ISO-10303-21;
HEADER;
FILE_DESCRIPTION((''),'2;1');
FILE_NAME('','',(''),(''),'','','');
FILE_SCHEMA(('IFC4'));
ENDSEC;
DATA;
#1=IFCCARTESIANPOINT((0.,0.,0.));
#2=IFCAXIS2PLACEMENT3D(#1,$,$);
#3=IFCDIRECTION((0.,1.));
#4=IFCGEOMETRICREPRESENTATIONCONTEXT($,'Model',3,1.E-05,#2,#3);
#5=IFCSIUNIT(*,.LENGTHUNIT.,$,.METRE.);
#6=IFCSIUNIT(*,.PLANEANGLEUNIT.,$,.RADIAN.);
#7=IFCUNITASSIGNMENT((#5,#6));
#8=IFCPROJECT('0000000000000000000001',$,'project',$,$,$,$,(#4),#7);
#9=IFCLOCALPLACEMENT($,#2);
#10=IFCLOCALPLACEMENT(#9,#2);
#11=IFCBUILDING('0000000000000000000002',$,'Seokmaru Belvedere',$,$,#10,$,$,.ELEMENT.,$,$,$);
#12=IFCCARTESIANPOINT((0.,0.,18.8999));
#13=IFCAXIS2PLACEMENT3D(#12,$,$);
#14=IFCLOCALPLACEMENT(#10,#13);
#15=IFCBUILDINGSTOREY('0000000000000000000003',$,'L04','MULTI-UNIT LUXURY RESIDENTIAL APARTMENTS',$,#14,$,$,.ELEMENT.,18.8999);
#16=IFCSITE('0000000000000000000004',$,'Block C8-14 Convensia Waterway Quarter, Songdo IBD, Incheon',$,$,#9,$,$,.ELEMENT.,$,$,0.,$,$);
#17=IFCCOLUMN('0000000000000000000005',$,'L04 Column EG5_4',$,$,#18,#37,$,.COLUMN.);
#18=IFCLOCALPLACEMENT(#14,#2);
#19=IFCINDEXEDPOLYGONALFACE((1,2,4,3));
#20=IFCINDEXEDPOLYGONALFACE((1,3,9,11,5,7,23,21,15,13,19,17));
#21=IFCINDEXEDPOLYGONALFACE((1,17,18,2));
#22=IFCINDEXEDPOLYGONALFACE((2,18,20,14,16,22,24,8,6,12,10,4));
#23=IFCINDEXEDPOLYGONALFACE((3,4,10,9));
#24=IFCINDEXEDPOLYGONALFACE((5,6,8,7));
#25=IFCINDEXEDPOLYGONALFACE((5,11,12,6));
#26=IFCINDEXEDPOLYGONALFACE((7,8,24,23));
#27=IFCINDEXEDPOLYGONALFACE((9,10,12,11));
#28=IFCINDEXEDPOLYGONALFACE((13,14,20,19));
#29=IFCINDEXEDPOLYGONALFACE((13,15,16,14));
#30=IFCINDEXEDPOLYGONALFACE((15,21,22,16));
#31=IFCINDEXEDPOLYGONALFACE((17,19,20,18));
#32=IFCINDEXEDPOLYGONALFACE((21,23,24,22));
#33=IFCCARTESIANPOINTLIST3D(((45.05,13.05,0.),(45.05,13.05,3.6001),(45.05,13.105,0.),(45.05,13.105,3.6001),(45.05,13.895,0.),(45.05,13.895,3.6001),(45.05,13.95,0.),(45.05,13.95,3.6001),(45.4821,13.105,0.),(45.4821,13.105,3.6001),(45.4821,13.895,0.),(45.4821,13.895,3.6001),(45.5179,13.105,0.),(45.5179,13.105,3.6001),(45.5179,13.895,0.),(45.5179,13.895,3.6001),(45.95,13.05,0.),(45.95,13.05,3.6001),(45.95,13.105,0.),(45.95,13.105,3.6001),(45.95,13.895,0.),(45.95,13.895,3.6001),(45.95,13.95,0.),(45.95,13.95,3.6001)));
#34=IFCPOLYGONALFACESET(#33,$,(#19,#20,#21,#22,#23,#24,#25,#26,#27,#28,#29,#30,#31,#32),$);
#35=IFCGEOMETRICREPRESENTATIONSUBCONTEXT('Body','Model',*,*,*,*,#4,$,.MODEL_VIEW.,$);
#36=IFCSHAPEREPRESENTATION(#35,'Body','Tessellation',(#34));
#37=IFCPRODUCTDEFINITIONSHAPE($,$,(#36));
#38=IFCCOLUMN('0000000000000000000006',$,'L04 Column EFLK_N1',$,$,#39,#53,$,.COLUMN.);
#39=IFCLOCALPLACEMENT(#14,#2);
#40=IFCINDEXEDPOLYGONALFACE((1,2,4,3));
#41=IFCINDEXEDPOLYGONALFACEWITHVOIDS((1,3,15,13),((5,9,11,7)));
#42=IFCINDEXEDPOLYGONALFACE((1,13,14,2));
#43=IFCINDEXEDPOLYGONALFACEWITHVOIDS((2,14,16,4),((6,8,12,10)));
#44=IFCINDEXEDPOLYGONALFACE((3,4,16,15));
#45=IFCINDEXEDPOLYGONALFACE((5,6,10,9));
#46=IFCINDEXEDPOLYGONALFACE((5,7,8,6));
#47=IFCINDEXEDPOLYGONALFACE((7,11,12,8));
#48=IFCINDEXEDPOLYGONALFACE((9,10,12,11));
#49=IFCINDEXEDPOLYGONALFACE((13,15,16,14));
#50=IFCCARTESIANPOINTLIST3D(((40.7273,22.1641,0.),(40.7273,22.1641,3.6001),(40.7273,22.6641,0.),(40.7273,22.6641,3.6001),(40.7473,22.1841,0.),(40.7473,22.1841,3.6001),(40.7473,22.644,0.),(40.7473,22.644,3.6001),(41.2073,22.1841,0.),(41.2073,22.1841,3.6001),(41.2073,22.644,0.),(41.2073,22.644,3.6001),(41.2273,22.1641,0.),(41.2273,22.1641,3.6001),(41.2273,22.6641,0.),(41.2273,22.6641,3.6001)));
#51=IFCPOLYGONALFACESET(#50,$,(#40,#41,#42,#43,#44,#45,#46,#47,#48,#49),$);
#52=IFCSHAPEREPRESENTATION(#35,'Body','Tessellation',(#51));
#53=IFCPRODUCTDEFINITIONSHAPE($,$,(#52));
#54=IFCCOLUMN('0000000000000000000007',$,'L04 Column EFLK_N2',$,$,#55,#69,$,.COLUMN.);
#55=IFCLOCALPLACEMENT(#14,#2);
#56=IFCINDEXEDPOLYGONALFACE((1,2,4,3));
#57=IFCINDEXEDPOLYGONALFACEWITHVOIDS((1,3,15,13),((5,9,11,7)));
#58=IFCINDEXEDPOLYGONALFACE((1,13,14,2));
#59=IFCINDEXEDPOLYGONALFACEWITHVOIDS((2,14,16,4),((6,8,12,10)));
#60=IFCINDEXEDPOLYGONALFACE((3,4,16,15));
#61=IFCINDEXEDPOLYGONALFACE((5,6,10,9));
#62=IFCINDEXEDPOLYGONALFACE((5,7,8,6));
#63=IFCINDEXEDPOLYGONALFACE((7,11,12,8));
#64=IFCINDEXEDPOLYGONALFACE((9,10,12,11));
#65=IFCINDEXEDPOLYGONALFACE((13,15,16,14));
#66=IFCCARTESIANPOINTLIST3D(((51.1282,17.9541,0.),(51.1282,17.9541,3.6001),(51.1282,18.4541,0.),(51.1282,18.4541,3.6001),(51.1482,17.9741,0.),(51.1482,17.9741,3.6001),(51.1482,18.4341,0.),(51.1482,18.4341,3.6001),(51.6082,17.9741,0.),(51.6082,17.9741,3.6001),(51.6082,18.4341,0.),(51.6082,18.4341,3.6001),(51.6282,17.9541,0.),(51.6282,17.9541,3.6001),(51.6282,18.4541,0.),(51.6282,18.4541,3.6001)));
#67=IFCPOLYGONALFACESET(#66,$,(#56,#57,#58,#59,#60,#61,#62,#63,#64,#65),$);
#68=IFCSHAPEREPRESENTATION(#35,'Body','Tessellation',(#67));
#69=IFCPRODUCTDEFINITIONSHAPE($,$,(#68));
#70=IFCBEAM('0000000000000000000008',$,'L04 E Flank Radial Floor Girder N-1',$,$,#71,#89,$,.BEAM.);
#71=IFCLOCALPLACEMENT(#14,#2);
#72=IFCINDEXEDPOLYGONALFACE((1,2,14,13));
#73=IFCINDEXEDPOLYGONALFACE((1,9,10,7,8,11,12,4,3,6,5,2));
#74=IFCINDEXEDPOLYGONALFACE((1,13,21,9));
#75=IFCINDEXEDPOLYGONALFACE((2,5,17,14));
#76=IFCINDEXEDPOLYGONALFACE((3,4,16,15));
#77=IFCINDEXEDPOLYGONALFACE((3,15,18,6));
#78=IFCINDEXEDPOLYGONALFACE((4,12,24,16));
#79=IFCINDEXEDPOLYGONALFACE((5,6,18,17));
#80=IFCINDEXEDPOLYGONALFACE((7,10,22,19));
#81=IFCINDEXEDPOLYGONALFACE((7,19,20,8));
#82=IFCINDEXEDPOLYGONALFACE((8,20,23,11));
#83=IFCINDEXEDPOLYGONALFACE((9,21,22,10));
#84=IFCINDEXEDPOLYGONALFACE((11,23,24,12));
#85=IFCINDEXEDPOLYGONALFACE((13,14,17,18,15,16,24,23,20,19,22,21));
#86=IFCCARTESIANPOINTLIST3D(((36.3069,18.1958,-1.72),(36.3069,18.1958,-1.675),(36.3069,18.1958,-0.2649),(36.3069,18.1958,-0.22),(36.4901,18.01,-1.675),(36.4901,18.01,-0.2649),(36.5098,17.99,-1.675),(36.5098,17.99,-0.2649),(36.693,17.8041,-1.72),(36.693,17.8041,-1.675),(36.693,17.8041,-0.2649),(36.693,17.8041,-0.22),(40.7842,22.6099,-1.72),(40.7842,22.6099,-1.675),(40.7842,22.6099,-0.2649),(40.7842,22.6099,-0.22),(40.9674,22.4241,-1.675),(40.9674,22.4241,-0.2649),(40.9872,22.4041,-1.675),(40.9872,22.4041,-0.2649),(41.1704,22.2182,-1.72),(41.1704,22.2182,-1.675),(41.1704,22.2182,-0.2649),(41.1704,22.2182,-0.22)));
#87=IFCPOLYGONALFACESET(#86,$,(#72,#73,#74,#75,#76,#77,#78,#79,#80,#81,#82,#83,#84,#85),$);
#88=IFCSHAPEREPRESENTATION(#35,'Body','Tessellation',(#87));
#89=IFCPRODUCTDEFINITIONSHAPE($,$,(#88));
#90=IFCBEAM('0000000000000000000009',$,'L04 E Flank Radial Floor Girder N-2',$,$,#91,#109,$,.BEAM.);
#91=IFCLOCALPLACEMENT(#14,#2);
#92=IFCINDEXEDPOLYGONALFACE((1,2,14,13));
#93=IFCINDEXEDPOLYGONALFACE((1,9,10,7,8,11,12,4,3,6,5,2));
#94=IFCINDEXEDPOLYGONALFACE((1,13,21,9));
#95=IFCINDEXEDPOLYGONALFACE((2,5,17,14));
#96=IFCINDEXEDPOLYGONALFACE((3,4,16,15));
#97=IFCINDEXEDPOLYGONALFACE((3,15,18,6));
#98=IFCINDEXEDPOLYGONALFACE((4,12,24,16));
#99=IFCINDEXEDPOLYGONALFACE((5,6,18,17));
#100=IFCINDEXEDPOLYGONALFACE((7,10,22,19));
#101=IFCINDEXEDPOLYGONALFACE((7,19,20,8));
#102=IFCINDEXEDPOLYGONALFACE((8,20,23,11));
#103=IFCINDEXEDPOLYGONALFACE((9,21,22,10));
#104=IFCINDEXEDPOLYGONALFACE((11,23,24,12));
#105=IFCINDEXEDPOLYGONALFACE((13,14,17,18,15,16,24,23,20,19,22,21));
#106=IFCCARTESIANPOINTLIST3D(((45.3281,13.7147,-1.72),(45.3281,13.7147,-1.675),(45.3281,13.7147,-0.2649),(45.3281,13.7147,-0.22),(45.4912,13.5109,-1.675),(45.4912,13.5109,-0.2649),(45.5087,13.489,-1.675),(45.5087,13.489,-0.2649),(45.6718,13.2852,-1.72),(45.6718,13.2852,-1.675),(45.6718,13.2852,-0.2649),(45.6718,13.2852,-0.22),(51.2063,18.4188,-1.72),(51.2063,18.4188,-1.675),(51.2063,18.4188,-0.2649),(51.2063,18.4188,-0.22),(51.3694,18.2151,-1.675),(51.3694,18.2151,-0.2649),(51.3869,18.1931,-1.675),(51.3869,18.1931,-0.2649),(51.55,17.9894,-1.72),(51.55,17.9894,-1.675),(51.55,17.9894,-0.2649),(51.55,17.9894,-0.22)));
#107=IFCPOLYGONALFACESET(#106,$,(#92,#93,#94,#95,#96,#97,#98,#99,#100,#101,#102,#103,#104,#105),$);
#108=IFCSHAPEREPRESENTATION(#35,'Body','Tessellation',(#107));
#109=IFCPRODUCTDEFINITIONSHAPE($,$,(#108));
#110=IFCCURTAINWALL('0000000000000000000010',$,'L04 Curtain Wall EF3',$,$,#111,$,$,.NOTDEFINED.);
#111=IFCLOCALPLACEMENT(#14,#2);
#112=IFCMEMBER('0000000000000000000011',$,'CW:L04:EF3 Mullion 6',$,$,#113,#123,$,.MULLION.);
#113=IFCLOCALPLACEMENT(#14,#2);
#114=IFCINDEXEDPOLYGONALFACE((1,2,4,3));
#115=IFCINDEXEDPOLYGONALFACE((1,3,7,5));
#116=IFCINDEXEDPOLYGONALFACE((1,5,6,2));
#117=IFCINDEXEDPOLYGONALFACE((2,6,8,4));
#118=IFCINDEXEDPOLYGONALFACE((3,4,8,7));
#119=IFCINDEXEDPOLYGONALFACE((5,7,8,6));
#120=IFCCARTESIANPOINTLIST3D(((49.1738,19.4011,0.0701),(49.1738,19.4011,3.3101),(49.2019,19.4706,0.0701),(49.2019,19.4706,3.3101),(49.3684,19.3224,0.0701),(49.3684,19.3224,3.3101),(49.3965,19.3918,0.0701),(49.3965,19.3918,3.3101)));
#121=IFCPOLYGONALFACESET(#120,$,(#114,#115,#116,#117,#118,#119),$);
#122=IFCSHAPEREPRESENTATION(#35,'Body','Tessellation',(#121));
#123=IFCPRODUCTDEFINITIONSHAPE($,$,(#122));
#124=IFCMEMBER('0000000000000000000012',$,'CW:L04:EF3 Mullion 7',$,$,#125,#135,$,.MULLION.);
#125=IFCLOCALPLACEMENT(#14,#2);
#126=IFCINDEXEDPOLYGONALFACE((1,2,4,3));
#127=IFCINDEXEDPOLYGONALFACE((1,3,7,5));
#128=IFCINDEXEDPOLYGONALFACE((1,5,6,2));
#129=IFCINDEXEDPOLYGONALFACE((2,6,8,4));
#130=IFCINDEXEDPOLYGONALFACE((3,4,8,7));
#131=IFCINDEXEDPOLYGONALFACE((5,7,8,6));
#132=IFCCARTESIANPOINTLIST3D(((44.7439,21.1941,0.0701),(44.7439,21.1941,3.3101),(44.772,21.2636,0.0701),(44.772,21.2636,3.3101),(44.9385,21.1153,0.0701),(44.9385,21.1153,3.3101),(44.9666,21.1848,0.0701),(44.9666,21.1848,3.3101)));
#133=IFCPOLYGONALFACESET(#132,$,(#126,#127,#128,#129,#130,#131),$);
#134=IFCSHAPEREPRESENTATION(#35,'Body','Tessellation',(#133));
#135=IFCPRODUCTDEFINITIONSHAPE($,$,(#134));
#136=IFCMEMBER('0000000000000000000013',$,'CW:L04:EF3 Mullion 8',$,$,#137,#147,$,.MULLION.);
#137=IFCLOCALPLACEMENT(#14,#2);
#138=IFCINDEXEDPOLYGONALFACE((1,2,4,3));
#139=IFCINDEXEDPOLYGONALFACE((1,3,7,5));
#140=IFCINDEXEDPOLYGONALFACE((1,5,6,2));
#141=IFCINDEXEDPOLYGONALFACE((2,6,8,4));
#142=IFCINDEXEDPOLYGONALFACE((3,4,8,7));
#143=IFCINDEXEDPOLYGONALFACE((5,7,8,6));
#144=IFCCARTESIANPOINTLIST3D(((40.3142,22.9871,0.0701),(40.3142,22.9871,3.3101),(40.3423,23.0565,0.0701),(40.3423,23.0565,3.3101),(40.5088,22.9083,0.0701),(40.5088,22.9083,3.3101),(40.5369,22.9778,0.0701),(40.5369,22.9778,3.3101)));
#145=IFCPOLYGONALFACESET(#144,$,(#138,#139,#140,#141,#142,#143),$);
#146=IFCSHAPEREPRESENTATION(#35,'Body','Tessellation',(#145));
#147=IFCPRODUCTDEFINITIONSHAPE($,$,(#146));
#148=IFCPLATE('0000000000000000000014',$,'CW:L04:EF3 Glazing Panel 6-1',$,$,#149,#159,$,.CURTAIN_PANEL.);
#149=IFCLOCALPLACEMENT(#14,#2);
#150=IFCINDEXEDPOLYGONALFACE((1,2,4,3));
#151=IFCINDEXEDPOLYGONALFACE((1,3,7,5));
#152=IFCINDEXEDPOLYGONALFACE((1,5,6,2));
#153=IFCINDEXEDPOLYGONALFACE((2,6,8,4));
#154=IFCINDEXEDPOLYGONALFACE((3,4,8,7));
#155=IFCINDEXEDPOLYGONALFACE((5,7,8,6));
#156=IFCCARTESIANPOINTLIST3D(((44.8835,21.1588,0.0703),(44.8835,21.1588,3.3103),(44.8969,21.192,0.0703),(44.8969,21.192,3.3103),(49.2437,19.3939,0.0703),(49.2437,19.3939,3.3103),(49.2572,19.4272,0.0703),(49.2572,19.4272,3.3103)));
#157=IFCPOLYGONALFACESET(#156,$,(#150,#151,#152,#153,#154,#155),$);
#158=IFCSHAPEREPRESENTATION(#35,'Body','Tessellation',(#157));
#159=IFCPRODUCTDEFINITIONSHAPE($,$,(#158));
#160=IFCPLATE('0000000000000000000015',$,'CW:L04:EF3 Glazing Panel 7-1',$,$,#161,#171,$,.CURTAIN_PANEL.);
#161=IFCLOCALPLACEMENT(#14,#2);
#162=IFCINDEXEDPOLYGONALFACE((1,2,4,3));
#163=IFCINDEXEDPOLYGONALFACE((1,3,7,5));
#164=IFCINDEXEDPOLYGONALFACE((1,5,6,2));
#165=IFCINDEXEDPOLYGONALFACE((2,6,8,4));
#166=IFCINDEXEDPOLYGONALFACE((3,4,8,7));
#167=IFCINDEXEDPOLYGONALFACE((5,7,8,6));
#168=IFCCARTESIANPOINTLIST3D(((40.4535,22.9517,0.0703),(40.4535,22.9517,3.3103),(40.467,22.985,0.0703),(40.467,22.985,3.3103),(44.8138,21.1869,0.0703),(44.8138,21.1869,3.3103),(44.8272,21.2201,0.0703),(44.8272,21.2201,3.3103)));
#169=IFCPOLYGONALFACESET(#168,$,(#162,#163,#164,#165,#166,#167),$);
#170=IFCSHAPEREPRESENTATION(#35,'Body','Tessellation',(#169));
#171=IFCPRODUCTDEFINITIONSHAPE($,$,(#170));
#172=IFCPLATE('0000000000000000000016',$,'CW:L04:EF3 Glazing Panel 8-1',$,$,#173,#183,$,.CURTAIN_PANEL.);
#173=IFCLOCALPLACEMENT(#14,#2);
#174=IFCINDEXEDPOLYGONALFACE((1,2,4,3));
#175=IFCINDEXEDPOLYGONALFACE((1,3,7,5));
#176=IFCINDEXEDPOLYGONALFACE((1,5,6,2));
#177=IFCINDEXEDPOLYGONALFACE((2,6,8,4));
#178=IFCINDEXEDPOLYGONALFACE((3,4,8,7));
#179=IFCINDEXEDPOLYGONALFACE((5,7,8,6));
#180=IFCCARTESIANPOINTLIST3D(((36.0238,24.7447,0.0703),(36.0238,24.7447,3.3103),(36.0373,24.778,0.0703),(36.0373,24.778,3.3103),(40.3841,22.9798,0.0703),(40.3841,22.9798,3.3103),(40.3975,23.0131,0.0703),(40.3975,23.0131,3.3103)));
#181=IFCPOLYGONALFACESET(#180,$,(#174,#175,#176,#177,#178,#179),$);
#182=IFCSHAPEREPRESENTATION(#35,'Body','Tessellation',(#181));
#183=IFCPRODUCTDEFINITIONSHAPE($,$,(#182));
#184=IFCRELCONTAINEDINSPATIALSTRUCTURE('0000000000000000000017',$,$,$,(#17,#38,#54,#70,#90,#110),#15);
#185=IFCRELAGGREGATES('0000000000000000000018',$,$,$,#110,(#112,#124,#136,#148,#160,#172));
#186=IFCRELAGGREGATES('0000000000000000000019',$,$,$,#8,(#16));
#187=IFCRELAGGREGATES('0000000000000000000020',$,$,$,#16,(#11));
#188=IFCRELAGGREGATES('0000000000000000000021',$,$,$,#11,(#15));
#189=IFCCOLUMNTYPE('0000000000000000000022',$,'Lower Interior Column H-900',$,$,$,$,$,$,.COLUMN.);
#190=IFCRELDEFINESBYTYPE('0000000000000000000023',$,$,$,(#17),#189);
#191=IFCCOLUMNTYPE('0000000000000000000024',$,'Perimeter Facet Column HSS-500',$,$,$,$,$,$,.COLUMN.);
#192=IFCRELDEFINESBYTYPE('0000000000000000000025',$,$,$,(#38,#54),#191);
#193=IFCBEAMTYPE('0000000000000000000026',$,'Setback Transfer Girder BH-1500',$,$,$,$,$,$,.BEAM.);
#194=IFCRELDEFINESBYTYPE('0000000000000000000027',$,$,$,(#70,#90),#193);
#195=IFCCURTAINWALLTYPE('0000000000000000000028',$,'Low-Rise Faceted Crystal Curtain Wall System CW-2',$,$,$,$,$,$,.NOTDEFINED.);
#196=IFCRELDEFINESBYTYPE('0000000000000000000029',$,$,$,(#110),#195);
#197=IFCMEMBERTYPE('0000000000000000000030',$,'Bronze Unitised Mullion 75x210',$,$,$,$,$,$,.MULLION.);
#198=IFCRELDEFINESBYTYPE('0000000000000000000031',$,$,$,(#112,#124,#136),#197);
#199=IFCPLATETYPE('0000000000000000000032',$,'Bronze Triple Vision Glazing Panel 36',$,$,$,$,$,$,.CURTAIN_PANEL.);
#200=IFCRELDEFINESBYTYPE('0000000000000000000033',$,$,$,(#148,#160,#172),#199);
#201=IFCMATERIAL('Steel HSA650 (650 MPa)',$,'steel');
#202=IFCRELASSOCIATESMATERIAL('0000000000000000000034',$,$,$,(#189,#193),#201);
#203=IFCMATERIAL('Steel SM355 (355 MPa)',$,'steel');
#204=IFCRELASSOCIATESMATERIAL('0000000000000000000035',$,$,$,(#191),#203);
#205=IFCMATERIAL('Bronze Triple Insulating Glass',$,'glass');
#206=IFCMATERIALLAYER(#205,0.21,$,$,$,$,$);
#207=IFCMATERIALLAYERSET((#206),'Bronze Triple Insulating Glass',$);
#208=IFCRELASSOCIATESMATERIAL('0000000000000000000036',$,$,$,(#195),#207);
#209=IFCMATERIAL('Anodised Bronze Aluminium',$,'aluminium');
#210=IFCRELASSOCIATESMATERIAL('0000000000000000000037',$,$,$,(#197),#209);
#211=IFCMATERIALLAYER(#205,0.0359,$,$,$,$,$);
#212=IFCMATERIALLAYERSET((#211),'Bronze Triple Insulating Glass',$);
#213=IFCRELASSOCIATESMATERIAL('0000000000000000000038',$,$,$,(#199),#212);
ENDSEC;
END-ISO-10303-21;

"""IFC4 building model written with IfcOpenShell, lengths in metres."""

from ifc_helpers import new_model, si_unit, direction, frame, origin, origin_2d, place, context, subcontext, project, spatial, rectangle, hollow_rectangle, i_section, extrude, source, transform, mapped, material, layer, layer_set, material_profile, profile_set, type_object, type_shapes, element, aggregate, save


model = new_model("IFC4")

# Units and contexts
model_context = context("Model", 3, precision=1e-05, world=origin(), true_north=direction((0.0, 1.0)))
body_context = subcontext(model_context, "Body", "Model", "MODEL_VIEW")
ifc_project = project(units=[si_unit("LENGTHUNIT", "METRE"), si_unit("PLANEANGLEUNIT", "RADIAN")], contexts=[model_context])

# Site, building, storey
site_placement = place(None, origin())
site = spatial("IfcSite", under=ifc_project, at=site_placement, Name="Block C8-14 Convensia Waterway Quarter, Songdo IBD, Incheon", CompositionType="ELEMENT", RefElevation=0.0)
building_placement = place(site_placement, origin())
building = spatial("IfcBuilding", under=site, at=building_placement, Name="Seokmaru Belvedere", CompositionType="ELEMENT")
storey_placement = place(building_placement, frame((0.0, 0.0, 18.8999)))
storey = spatial("IfcBuildingStorey", under=building, at=storey_placement, Name="L04", Description="MULTI-UNIT LUXURY RESIDENTIAL APARTMENTS", CompositionType="ELEMENT", Elevation=18.8999)

# Columns
ifc_material_1 = material(Name="Steel HSA650 (650 MPa)", Category="steel")
ifc_material_profile_1 = material_profile(ifc_material_1, i_section(OverallWidth=0.8999, OverallDepth=0.8999, WebThickness=0.0359, FlangeThickness=0.0549, at=origin_2d()), Name="H-900x900x36x55")
ifc_profile_set_1 = profile_set([ifc_material_profile_1], Name="Steel HSA650 (650 MPa)")
column_type_1 = type_object("IfcColumnType", Name="Lower Interior Column H-900", PredefinedType="COLUMN", material=ifc_profile_set_1)
shared_shape_1 = source(origin(), body_context, "Body", "SweptSolid", [
    extrude(i_section(OverallWidth=0.8999, OverallDepth=0.8999, WebThickness=0.0359, FlangeThickness=0.0549, at=origin_2d()), origin(), (0.0, 0.0, 1.0), 3.6001),
])
type_shapes(column_type_1, [shared_shape_1])
column_placement = place(storey_placement, frame((45.5, 13.5, 0.0), z_axis=(0.0, 0.0, 1.0), x_axis=(1.0, 0.0, 0.0)))
element("IfcColumn", 1, at=column_placement, inside=storey, type_object=column_type_1, Name="L04 Column EG5_4", PredefinedType="COLUMN", context=body_context, shape_type="MappedRepresentation", body=[
    mapped(shared_shape_1, transform((0.0, 0.0, 0.0), scale=1.0)),
])
ifc_material_2 = material(Name="Steel SM355 (355 MPa)", Category="steel")
ifc_material_profile_2 = material_profile(ifc_material_2, hollow_rectangle(XDim=0.5, YDim=0.5, WallThickness=0.02, at=origin_2d()), Name="HSS-500x500x20")
ifc_profile_set_2 = profile_set([ifc_material_profile_2], Name="Steel SM355 (355 MPa)")
column_type_2 = type_object("IfcColumnType", Name="Perimeter Facet Column HSS-500", PredefinedType="COLUMN", material=ifc_profile_set_2)
shared_shape_2 = source(origin(), body_context, "Body", "SweptSolid", [
    extrude(hollow_rectangle(XDim=0.5, YDim=0.5, WallThickness=0.02, at=origin_2d()), origin(), (0.0, 0.0, 1.0), 3.6001),
])
type_shapes(column_type_2, [shared_shape_2])
for number, where, z_axis, x_axis, name in (
    (2, (40.9773, 22.4141, 0.0), (0.0, 0.0, 1.0), (1.0, 0.0, 0.0), "L04 Column EFLK_N1"),
    (3, (51.3782, 18.2041, 0.0), (0.0, 0.0, 1.0), (1.0, 0.0, 0.0), "L04 Column EFLK_N2"),
):
    element("IfcColumn", number, at=place(storey_placement, frame(where, z_axis=z_axis, x_axis=x_axis)), inside=storey, type_object=column_type_2, Name=name, PredefinedType="COLUMN", context=body_context, shape_type="MappedRepresentation", body=[
        mapped(shared_shape_2, transform((0.0, 0.0, 0.0), scale=1.0)),
    ])

# Beams
ifc_material_profile_3 = material_profile(ifc_material_1, i_section(OverallWidth=0.55, OverallDepth=1.5, WebThickness=0.0281, FlangeThickness=0.0449, at=origin_2d()), Name="BH-1500x550x28x45")
ifc_profile_set_3 = profile_set([ifc_material_profile_3], Name="Steel HSA650 (650 MPa)")
beam_type = type_object("IfcBeamType", Name="Setback Transfer Girder BH-1500", PredefinedType="BEAM", material=ifc_profile_set_3)
shared_shape_3 = source(origin(), body_context, "Body", "SweptSolid", [
    extrude(i_section(OverallWidth=0.55, OverallDepth=1.5, WebThickness=0.0281, FlangeThickness=0.0449, at=origin_2d()), origin(), (0.0, 0.0, 1.0), 6.2874),
])
beam_1_placement = place(storey_placement, frame((40.9773, 22.4141, -0.97), z_axis=(-0.712117, -0.70206, 0.0), x_axis=(0.70206, -0.712117, 0.0)))
element("IfcBeam", 4, at=beam_1_placement, inside=storey, type_object=beam_type, Name="L04 E Flank Radial Floor Girder N-1", PredefinedType="BEAM", context=body_context, shape_type="MappedRepresentation", body=[
    mapped(shared_shape_3, transform((0.0, 0.0, 0.0), scale=1.0)),
])
shared_shape_4 = source(origin(), body_context, "Body", "SweptSolid", [
    extrude(i_section(OverallWidth=0.55, OverallDepth=1.5, WebThickness=0.0281, FlangeThickness=0.0449, at=origin_2d()), origin(), (0.0, 0.0, 1.0), 7.5288),
])
type_shapes(beam_type, [shared_shape_3, shared_shape_4])
beam_2_placement = place(storey_placement, frame((51.3782, 18.2041, -0.97), z_axis=(-0.780768, -0.624822, 0.0), x_axis=(0.624822, -0.780768, 0.0)))
element("IfcBeam", 5, at=beam_2_placement, inside=storey, type_object=beam_type, Name="L04 E Flank Radial Floor Girder N-2", PredefinedType="BEAM", context=body_context, shape_type="MappedRepresentation", body=[
    mapped(shared_shape_4, transform((0.0, 0.0, 0.0), scale=1.0)),
])

# Curtain wall, members, plates
ifc_material_3 = material(Name="Bronze Triple Insulating Glass", Category="glass")
ifc_layer_1 = layer(ifc_material_3, 0.21)
ifc_layer_set_1 = layer_set([ifc_layer_1], Name="Bronze Triple Insulating Glass")
curtain_wall_type = type_object("IfcCurtainWallType", Name="Low-Rise Faceted Crystal Curtain Wall System CW-2", PredefinedType="NOTDEFINED", material=ifc_layer_set_1)
curtain_wall_placement = place(storey_placement, origin())
curtain_wall = element("IfcCurtainWall", 6, at=curtain_wall_placement, inside=storey, type_object=curtain_wall_type, Name="L04 Curtain Wall EF3", PredefinedType="NOTDEFINED")
ifc_material_4 = material(Name="Anodised Bronze Aluminium", Category="aluminium")
ifc_material_profile_4 = material_profile(ifc_material_4, rectangle(XDim=0.075, YDim=0.21, at=origin_2d()), Name="CW-M-75x210")
ifc_profile_set_4 = profile_set([ifc_material_profile_4], Name="Anodised Bronze Aluminium")
member_type = type_object("IfcMemberType", Name="Bronze Unitised Mullion 75x210", PredefinedType="MULLION", material=ifc_profile_set_4)
shared_shape_5 = source(origin(), body_context, "Body", "SweptSolid", [
    extrude(rectangle(XDim=0.075, YDim=0.21, at=origin_2d()), origin(), (0.0, 0.0, 1.0), 3.24),
])
type_shapes(member_type, [shared_shape_5])
member_1_placement = place(storey_placement, frame((49.2852, 19.3965, 0.0701), z_axis=(0.0, 0.0, 1.0), x_axis=(-0.375192, -0.926947, 0.0)))
member_1 = element("IfcMember", 7, at=member_1_placement, type_object=member_type, Name="CW:L04:EF3 Mullion 6", PredefinedType="MULLION", context=body_context, shape_type="MappedRepresentation", body=[
    mapped(shared_shape_5, transform((0.0, 0.0, 0.0), scale=1.0)),
])
member_2_placement = place(storey_placement, frame((44.8552, 21.1895, 0.0701), z_axis=(0.0, 0.0, 1.0), x_axis=(-0.375192, -0.926947, 0.0)))
member_2 = element("IfcMember", 8, at=member_2_placement, type_object=member_type, Name="CW:L04:EF3 Mullion 7", PredefinedType="MULLION", context=body_context, shape_type="MappedRepresentation", body=[
    mapped(shared_shape_5, transform((0.0, 0.0, 0.0), scale=1.0)),
])
member_3_placement = place(storey_placement, frame((40.4255, 22.9824, 0.0701), z_axis=(0.0, 0.0, 1.0), x_axis=(-0.375192, -0.926947, 0.0)))
member_3 = element("IfcMember", 9, at=member_3_placement, type_object=member_type, Name="CW:L04:EF3 Mullion 8", PredefinedType="MULLION", context=body_context, shape_type="MappedRepresentation", body=[
    mapped(shared_shape_5, transform((0.0, 0.0, 0.0), scale=1.0)),
])
ifc_layer_2 = layer(ifc_material_3, 0.0359)
ifc_layer_set_2 = layer_set([ifc_layer_2], Name="Bronze Triple Insulating Glass")
plate_type = type_object("IfcPlateType", Name="Bronze Triple Vision Glazing Panel 36", PredefinedType="CURTAIN_PANEL", material=ifc_layer_set_2)
shared_shape_6 = source(origin(), body_context, "Body", "SweptSolid", [
    extrude(rectangle(XDim=4.7039, YDim=0.0359, at=origin_2d()), origin(), (0.0, 0.0, 1.0), 3.24),
])
type_shapes(plate_type, [shared_shape_6])
plate_1_placement = place(storey_placement, frame((47.0703, 20.293, 0.0703), z_axis=(0.0, 0.0, 1.0), x_axis=(-0.926947, 0.375192, 0.0)))
plate_1 = element("IfcPlate", 10, at=plate_1_placement, type_object=plate_type, Name="CW:L04:EF3 Glazing Panel 6-1", PredefinedType="CURTAIN_PANEL", context=body_context, shape_type="MappedRepresentation", body=[
    mapped(shared_shape_6, transform((0.0, 0.0, 0.0), scale=1.0)),
])
plate_2_placement = place(storey_placement, frame((42.6404, 22.0859, 0.0703), z_axis=(0.0, 0.0, 1.0), x_axis=(-0.926947, 0.375192, 0.0)))
plate_2 = element("IfcPlate", 11, at=plate_2_placement, type_object=plate_type, Name="CW:L04:EF3 Glazing Panel 7-1", PredefinedType="CURTAIN_PANEL", context=body_context, shape_type="MappedRepresentation", body=[
    mapped(shared_shape_6, transform((0.0, 0.0, 0.0), scale=1.0)),
])
plate_3_placement = place(storey_placement, frame((38.2107, 23.8789, 0.0703), z_axis=(0.0, 0.0, 1.0), x_axis=(-0.926947, 0.375192, 0.0)))
plate_3 = element("IfcPlate", 12, at=plate_3_placement, type_object=plate_type, Name="CW:L04:EF3 Glazing Panel 8-1", PredefinedType="CURTAIN_PANEL", context=body_context, shape_type="MappedRepresentation", body=[
    mapped(shared_shape_6, transform((0.0, 0.0, 0.0), scale=1.0)),
])
aggregate(curtain_wall, [member_1, member_2, member_3, plate_1, plate_2, plate_3])

save(model, "model.ifc")
